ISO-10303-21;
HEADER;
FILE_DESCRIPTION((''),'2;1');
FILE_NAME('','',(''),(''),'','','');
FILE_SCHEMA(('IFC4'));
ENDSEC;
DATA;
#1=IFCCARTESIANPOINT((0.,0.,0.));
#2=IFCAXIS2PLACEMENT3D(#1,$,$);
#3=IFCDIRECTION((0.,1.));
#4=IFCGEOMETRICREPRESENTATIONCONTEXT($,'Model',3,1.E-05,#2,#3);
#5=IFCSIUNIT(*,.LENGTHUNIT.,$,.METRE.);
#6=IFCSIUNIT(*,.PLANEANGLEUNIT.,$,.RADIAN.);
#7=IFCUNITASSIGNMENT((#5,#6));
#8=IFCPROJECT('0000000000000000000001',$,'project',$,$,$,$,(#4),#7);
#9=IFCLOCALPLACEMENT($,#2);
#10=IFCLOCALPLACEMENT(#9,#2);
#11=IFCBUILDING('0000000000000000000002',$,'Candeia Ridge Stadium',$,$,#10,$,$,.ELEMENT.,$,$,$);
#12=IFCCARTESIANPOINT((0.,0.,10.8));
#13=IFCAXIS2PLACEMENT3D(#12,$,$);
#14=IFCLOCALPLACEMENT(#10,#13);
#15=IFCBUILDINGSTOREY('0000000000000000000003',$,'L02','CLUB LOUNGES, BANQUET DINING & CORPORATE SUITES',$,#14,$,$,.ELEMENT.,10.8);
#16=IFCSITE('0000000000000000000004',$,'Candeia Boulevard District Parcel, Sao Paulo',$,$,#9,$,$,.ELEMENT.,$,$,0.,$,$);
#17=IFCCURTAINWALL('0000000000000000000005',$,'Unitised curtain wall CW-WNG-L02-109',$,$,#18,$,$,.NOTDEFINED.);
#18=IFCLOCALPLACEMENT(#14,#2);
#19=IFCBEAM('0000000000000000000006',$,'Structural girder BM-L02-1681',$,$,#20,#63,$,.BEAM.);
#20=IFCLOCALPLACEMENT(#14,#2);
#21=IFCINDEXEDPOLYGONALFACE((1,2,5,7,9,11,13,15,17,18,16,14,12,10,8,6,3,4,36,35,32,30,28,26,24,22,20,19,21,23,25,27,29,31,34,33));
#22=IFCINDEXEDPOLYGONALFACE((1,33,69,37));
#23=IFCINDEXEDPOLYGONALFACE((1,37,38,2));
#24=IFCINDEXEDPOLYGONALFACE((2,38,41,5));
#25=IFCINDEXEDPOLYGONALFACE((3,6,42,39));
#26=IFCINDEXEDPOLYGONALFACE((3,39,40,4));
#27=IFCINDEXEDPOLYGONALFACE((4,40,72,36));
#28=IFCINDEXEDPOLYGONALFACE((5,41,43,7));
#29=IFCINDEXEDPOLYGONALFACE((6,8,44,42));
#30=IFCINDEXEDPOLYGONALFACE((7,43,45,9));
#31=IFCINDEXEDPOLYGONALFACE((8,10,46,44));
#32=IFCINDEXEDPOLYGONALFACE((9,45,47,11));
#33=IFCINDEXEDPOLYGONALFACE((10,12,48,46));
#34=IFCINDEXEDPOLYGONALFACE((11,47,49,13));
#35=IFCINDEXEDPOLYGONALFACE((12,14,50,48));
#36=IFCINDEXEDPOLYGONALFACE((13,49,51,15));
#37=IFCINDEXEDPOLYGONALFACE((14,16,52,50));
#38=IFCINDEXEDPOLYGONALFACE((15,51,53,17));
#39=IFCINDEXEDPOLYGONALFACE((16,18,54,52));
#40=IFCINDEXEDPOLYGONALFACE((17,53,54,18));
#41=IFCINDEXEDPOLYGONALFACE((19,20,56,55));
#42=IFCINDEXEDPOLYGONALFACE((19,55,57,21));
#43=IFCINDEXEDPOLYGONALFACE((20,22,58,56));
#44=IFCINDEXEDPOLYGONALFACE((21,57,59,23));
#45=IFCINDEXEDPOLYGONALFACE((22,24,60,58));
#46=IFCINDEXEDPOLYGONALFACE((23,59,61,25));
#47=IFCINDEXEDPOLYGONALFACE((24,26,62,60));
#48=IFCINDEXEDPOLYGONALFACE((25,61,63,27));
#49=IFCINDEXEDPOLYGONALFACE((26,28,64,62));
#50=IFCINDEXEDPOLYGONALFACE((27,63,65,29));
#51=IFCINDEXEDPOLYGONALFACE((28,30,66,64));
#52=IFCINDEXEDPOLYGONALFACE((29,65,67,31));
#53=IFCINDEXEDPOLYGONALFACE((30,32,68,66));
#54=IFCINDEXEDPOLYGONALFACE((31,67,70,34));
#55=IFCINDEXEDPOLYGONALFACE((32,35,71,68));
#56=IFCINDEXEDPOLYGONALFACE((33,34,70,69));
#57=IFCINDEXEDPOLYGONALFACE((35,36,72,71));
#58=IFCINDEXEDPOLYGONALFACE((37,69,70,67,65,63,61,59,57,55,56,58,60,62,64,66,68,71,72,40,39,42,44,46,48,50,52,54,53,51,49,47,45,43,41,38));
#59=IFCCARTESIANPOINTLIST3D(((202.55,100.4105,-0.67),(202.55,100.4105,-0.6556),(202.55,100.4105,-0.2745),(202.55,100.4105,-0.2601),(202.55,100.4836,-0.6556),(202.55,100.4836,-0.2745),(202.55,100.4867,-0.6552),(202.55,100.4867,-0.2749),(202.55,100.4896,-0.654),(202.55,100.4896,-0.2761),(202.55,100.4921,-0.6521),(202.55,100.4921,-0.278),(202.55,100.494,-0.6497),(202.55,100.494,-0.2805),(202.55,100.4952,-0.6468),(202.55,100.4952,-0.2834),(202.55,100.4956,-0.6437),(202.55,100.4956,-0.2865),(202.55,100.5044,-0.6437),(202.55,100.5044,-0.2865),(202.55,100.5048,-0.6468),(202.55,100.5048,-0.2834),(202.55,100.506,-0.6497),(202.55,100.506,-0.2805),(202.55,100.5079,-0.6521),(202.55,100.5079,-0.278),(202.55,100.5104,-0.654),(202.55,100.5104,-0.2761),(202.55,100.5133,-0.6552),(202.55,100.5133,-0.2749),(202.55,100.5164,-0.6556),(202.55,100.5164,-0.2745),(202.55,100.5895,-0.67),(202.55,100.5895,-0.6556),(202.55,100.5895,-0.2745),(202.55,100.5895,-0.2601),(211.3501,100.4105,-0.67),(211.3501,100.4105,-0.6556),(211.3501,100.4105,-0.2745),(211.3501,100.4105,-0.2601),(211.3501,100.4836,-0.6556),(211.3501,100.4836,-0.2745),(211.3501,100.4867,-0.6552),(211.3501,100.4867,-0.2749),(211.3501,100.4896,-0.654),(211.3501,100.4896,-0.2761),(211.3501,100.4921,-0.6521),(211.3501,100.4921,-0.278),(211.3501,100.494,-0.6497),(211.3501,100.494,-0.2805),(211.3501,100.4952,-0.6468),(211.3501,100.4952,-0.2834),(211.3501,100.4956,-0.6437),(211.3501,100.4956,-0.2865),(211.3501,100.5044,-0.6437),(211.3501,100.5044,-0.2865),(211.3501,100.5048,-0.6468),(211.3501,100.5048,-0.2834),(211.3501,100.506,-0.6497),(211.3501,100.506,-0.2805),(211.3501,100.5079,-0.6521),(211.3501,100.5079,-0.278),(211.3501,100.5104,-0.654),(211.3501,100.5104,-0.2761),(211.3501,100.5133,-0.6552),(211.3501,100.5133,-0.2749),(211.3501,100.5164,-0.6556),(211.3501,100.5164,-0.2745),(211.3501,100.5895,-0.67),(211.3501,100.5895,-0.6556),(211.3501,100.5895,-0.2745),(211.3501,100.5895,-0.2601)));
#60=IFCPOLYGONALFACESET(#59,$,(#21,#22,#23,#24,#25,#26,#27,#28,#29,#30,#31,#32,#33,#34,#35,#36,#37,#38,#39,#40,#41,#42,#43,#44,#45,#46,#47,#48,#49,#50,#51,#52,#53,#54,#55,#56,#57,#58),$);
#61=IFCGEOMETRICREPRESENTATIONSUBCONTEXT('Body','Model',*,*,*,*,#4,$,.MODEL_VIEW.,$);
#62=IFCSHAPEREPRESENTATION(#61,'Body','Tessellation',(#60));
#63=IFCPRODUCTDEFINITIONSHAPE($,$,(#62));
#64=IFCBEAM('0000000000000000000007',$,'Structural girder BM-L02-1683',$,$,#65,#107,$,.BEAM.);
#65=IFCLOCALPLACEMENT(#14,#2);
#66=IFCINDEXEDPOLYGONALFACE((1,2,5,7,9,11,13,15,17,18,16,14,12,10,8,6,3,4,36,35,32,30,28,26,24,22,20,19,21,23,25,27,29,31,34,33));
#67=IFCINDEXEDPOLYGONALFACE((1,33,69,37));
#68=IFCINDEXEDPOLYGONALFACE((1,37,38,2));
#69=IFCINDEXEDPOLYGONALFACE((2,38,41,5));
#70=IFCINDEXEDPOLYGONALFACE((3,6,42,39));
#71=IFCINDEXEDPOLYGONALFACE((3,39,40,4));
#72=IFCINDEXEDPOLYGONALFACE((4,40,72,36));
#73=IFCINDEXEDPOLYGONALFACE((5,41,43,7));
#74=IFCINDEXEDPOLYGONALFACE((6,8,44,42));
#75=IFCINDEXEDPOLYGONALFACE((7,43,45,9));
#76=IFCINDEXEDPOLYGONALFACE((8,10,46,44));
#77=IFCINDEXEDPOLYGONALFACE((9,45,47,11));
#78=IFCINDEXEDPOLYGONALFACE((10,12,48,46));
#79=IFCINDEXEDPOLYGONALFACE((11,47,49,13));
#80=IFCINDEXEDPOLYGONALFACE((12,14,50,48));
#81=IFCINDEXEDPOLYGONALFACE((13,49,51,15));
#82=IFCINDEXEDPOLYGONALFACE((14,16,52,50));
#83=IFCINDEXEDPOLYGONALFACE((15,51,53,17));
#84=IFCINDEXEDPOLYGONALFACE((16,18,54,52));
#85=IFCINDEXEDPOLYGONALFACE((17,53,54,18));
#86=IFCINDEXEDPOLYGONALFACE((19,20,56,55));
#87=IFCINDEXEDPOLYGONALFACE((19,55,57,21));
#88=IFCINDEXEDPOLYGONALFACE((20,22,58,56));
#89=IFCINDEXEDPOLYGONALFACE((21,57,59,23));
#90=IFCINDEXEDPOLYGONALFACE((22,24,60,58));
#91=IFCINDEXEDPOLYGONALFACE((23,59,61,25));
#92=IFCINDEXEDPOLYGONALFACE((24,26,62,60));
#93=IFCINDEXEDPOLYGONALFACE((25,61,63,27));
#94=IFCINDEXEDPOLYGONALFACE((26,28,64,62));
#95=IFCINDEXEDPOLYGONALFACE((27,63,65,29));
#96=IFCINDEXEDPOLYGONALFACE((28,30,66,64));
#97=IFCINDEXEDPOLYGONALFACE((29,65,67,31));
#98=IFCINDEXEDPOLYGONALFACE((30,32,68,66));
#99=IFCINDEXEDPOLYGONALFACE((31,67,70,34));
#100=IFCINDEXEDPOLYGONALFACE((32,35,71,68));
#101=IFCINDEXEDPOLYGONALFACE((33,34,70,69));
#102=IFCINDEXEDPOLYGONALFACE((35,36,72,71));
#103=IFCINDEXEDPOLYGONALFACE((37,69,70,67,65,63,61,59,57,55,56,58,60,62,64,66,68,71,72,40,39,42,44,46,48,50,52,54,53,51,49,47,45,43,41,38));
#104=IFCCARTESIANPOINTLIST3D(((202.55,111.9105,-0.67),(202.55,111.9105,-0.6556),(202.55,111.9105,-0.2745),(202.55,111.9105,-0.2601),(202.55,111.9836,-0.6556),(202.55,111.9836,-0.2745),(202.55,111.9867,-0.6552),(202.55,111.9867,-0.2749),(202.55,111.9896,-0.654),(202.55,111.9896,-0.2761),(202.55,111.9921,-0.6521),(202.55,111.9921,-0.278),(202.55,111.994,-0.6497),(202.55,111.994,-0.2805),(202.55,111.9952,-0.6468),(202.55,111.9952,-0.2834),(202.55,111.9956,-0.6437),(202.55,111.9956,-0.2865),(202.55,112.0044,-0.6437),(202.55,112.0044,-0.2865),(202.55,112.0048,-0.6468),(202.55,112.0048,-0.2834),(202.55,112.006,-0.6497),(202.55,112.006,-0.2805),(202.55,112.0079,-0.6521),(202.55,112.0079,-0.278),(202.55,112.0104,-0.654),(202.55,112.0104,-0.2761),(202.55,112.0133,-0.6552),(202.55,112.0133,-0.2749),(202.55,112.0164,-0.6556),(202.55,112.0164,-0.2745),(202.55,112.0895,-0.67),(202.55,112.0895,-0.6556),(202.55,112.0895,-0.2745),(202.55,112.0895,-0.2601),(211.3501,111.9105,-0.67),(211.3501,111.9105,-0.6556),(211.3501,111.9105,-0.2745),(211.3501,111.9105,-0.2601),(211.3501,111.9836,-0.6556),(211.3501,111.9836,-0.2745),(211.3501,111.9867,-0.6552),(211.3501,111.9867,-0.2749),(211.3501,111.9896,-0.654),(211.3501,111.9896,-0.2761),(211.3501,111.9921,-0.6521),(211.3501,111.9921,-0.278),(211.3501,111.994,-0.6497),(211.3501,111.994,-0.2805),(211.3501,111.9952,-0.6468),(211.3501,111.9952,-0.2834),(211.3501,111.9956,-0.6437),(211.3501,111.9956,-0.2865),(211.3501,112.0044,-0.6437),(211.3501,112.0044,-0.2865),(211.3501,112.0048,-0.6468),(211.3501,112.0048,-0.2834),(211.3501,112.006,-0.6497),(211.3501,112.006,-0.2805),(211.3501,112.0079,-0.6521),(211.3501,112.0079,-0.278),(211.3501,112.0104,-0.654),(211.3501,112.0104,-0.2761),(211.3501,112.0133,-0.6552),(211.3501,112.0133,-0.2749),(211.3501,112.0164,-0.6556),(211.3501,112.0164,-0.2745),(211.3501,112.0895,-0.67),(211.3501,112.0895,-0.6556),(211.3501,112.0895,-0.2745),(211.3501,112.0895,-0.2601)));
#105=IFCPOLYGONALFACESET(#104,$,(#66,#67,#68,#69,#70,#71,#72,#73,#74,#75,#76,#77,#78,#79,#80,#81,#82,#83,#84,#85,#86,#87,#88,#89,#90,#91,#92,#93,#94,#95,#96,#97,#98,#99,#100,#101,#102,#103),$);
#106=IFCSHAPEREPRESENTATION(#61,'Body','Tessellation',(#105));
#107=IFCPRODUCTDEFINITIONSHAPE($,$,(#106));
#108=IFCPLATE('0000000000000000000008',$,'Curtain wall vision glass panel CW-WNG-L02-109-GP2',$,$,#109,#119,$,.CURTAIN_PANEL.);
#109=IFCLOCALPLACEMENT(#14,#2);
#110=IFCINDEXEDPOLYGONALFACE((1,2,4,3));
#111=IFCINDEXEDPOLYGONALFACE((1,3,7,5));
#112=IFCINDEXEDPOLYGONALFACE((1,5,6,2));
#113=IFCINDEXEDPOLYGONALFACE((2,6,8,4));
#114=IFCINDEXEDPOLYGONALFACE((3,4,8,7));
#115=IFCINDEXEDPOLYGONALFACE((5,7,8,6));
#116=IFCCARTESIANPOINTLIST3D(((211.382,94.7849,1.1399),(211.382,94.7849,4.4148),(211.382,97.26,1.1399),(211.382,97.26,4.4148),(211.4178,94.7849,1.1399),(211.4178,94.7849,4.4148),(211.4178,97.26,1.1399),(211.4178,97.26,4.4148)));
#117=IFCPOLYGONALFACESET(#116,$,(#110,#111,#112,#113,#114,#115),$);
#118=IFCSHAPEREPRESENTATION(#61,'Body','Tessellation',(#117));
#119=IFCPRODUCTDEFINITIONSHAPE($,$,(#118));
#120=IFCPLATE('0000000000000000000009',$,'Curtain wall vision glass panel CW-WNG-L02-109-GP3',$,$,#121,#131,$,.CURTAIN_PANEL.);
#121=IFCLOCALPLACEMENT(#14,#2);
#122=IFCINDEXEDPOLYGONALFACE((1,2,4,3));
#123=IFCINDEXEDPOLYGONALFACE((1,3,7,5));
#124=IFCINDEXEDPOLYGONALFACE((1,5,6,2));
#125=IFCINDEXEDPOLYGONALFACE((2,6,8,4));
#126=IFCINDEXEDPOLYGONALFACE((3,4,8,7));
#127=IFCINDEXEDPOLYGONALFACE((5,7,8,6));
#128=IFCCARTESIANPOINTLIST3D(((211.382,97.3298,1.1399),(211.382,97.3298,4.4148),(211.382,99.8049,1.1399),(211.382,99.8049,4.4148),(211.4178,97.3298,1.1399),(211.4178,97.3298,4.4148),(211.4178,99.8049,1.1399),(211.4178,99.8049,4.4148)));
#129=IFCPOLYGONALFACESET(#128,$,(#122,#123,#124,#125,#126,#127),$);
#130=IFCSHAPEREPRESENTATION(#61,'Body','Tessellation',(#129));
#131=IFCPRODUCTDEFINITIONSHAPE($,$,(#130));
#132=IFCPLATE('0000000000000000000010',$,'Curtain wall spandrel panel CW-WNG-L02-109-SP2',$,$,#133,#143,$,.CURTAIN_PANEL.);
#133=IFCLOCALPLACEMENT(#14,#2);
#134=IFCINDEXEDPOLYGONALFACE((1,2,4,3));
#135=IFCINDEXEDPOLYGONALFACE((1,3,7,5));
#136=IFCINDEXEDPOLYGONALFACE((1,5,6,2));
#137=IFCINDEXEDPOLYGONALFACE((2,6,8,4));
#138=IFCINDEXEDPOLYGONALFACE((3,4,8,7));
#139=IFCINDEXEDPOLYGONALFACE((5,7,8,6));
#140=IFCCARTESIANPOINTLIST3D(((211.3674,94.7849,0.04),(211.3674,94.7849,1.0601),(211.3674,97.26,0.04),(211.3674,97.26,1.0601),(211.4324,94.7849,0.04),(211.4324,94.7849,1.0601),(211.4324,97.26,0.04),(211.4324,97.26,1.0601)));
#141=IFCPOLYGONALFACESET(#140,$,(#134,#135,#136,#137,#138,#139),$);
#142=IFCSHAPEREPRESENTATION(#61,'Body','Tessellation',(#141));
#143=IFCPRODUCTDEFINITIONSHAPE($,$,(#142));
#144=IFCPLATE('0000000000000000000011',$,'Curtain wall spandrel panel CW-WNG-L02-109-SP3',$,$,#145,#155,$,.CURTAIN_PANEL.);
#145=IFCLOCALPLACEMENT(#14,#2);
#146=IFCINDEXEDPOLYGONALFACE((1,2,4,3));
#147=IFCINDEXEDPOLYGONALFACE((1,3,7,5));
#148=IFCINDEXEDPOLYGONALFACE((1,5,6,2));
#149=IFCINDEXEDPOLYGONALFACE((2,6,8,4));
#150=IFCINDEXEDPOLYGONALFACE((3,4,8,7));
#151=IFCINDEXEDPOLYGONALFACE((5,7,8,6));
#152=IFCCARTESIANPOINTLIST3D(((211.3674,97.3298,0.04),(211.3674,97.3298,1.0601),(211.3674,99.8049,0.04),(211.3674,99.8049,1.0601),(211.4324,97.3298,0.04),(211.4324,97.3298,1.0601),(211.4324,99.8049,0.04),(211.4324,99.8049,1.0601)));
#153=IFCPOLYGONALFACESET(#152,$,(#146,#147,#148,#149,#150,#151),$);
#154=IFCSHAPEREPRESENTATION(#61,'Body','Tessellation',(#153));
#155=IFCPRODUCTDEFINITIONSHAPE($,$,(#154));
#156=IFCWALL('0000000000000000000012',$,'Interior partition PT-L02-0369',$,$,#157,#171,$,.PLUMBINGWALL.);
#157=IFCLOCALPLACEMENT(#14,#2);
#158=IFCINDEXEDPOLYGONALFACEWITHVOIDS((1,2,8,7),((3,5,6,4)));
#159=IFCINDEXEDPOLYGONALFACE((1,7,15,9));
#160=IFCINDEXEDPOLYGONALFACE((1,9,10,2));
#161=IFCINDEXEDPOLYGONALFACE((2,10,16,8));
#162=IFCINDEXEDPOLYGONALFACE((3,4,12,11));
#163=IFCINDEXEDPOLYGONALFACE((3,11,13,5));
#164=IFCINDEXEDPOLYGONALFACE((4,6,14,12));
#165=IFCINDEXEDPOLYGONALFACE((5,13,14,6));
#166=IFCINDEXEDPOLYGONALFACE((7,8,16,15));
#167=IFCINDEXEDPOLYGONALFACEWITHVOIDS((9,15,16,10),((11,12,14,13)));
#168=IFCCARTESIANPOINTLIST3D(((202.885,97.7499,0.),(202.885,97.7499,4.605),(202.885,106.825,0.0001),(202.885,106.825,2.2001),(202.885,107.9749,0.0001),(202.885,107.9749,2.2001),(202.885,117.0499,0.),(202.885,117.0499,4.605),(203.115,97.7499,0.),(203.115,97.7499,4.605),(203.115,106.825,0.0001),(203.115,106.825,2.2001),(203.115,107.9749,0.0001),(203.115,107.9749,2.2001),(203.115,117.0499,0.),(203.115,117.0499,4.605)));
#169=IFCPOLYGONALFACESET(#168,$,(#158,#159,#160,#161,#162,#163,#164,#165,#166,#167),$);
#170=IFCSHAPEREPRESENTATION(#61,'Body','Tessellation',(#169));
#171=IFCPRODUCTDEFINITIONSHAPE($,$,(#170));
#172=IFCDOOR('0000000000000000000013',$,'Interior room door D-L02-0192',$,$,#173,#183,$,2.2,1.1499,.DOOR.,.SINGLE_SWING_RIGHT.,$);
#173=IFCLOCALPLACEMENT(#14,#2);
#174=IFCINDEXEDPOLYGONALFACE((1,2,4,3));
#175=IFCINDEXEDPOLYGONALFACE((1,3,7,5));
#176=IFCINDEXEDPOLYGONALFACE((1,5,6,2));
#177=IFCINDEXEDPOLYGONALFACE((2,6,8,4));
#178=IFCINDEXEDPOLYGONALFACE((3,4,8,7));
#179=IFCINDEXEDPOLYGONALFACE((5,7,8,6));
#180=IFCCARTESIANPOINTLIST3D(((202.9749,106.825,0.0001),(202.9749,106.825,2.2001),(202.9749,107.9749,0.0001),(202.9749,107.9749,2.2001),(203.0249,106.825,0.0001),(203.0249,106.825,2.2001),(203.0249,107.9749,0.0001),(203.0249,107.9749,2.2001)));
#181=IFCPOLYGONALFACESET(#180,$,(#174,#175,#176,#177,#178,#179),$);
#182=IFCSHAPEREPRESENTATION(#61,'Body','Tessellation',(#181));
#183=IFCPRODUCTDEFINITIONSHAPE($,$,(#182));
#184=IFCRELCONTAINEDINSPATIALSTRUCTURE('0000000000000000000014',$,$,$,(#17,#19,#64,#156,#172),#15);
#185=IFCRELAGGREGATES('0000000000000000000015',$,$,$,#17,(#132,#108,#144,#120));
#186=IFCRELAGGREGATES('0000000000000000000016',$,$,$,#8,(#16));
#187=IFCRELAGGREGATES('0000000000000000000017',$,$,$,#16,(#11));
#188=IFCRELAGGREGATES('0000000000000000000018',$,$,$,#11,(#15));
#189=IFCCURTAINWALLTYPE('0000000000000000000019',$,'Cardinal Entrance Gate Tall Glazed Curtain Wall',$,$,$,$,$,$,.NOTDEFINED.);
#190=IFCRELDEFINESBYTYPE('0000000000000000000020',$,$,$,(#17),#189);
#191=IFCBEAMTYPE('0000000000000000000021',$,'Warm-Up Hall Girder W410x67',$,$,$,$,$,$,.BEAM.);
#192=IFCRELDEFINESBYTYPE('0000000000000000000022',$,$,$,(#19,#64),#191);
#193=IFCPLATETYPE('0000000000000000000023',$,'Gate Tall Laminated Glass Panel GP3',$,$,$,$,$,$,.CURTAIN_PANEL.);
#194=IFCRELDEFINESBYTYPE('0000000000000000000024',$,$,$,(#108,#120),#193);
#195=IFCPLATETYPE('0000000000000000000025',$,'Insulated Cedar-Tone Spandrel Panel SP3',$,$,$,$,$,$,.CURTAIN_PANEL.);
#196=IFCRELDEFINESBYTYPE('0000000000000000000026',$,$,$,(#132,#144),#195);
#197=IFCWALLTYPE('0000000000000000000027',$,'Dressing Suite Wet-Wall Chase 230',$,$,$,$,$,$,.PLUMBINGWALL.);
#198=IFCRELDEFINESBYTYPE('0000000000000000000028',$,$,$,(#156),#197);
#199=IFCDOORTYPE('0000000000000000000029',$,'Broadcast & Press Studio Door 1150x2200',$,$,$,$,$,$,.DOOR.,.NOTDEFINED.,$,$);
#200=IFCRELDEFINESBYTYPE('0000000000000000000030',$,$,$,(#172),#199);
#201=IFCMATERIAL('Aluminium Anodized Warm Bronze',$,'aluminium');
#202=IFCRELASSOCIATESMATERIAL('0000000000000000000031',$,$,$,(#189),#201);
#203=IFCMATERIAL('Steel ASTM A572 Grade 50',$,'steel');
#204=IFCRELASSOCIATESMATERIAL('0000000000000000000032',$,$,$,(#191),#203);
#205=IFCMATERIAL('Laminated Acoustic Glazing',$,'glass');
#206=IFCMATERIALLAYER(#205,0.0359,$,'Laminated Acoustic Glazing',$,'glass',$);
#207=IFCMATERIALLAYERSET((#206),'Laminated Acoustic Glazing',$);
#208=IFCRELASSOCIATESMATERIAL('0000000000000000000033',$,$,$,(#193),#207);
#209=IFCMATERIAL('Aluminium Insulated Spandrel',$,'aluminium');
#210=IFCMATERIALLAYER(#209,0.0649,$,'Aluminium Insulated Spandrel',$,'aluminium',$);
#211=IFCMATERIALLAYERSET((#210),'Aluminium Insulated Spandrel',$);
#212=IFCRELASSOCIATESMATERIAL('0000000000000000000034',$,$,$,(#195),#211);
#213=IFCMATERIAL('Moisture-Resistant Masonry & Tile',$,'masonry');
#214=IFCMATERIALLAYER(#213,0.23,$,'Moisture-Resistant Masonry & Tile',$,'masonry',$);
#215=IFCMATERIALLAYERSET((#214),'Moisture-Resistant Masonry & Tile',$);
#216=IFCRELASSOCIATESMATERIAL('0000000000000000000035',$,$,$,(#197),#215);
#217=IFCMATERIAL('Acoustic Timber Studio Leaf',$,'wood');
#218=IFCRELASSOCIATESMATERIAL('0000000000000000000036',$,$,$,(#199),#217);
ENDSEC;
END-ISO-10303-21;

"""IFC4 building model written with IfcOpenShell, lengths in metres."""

from ifc_helpers import new_model, si_unit, direction, frame, frame_2d, origin, origin_2d, place, context, subcontext, project, spatial, rectangle, i_section, extrude, material, layer, layer_set, material_profile, profile_set, type_object, element, fill, aggregate, save


model = new_model("IFC4")

# Units and contexts
model_context = context("Model", 3, precision=1e-05, world=origin(), true_north=direction((0.0, 1.0)))
body_context = subcontext(model_context, "Body", "Model", "MODEL_VIEW")
ifc_project = project(units=[si_unit("LENGTHUNIT", "METRE"), si_unit("PLANEANGLEUNIT", "RADIAN")], contexts=[model_context])

# Site, building, storey
site_placement = place(None, origin())
site = spatial("IfcSite", under=ifc_project, at=site_placement, Name="Candeia Boulevard District Parcel, Sao Paulo", CompositionType="ELEMENT", RefElevation=0.0)
building_placement = place(site_placement, origin())
building = spatial("IfcBuilding", under=site, at=building_placement, Name="Candeia Ridge Stadium", CompositionType="ELEMENT")
storey_placement = place(building_placement, frame((0.0, 0.0, 10.8)))
storey = spatial("IfcBuildingStorey", under=building, at=storey_placement, Name="L02", Description="CLUB LOUNGES, BANQUET DINING & CORPORATE SUITES", CompositionType="ELEMENT", Elevation=10.8)

# Curtain wall
ifc_material_1 = material(Name="Aluminium Anodized Warm Bronze", Category="aluminium")
curtain_wall_type = type_object("IfcCurtainWallType", Name="Cardinal Entrance Gate Tall Glazed Curtain Wall", PredefinedType="NOTDEFINED", material=ifc_material_1)
curtain_wall_1_placement = place(storey_placement, origin())
curtain_wall_1 = element("IfcCurtainWall", 1, at=curtain_wall_1_placement, inside=storey, type_object=curtain_wall_type, Name="Unitised curtain wall CW-WNG-L02-109", PredefinedType="NOTDEFINED")

# Beams
ifc_material_2 = material(Name="Steel ASTM A572 Grade 50", Category="steel")
ifc_material_profile_1 = material_profile(ifc_material_2, i_section(OverallWidth=0.179, OverallDepth=0.4099, WebThickness=0.0088, FlangeThickness=0.0144, FilletRadius=0.012, at=origin_2d()), Name="W410x67", Category="steel")
ifc_profile_set_1 = profile_set([ifc_material_profile_1], Name="Steel ASTM A572 Grade 50")
beam_type_1 = type_object("IfcBeamType", Name="Warm-Up Hall Girder W410x67", PredefinedType="BEAM", material=ifc_profile_set_1)
for number, where, z_axis, x_axis, name in (
    (2, (202.55, 100.5, -0.4651), (1.0, 0.0, 0.0), (0.0, 1.0, 0.0), "Structural girder BM-L02-1681"),
    (3, (202.55, 112.0, -0.4651), (1.0, 0.0, 0.0), (0.0, 1.0, 0.0), "Structural girder BM-L02-1683"),
):
    element("IfcBeam", number, at=place(storey_placement, frame(where, z_axis=z_axis, x_axis=x_axis)), inside=storey, type_object=beam_type_1, Name=name, PredefinedType="BEAM", context=body_context, shape_type="SweptSolid", body=[
        extrude(i_section(OverallWidth=0.179, OverallDepth=0.4099, WebThickness=0.0088, FlangeThickness=0.0144, FilletRadius=0.012, at=origin_2d()), origin(), (0.0, 0.0, 1.0), 8.8),
    ])

# Plates
ifc_material_3 = material(Name="Laminated Acoustic Glazing", Category="glass")
ifc_layer_1 = layer(ifc_material_3, 0.0359, Name="Laminated Acoustic Glazing", Category="glass")
ifc_layer_set_1 = layer_set([ifc_layer_1], Name="Laminated Acoustic Glazing")
plate_type_1 = type_object("IfcPlateType", Name="Gate Tall Laminated Glass Panel GP3", PredefinedType="CURTAIN_PANEL", material=ifc_layer_set_1)
plate_1_placement = place(storey_placement, frame((211.3999, 96.0225, 1.1399), z_axis=(0.0, 0.0, 1.0), x_axis=(0.0, 1.0, 0.0)))
plate_1 = element("IfcPlate", 4, at=plate_1_placement, type_object=plate_type_1, Name="Curtain wall vision glass panel CW-WNG-L02-109-GP2", PredefinedType="CURTAIN_PANEL", context=body_context, shape_type="SweptSolid", body=[
    extrude(rectangle(XDim=2.4751, YDim=0.0359, at=origin_2d()), origin(), (0.0, 0.0, 1.0), 3.2749),
])
plate_2_placement = place(storey_placement, frame((211.3999, 98.5674, 1.1399), z_axis=(0.0, 0.0, 1.0), x_axis=(0.0, 1.0, 0.0)))
plate_2 = element("IfcPlate", 5, at=plate_2_placement, type_object=plate_type_1, Name="Curtain wall vision glass panel CW-WNG-L02-109-GP3", PredefinedType="CURTAIN_PANEL", context=body_context, shape_type="SweptSolid", body=[
    extrude(rectangle(XDim=2.4751, YDim=0.0359, at=origin_2d()), origin(), (0.0, 0.0, 1.0), 3.2749),
])
ifc_material_4 = material(Name="Aluminium Insulated Spandrel", Category="aluminium")
ifc_layer_2 = layer(ifc_material_4, 0.0649, Name="Aluminium Insulated Spandrel", Category="aluminium")
ifc_layer_set_2 = layer_set([ifc_layer_2], Name="Aluminium Insulated Spandrel")
plate_type_2 = type_object("IfcPlateType", Name="Insulated Cedar-Tone Spandrel Panel SP3", PredefinedType="CURTAIN_PANEL", material=ifc_layer_set_2)
plate_3_placement = place(storey_placement, frame((211.3999, 96.0225, 0.04), z_axis=(0.0, 0.0, 1.0), x_axis=(0.0, 1.0, 0.0)))
plate_3 = element("IfcPlate", 6, at=plate_3_placement, type_object=plate_type_2, Name="Curtain wall spandrel panel CW-WNG-L02-109-SP2", PredefinedType="CURTAIN_PANEL", context=body_context, shape_type="SweptSolid", body=[
    extrude(rectangle(XDim=2.4751, YDim=0.0649, at=origin_2d()), origin(), (0.0, 0.0, 1.0), 1.02),
])
plate_4_placement = place(storey_placement, frame((211.3999, 98.5674, 0.04), z_axis=(0.0, 0.0, 1.0), x_axis=(0.0, 1.0, 0.0)))
plate_4 = element("IfcPlate", 7, at=plate_4_placement, type_object=plate_type_2, Name="Curtain wall spandrel panel CW-WNG-L02-109-SP3", PredefinedType="CURTAIN_PANEL", context=body_context, shape_type="SweptSolid", body=[
    extrude(rectangle(XDim=2.4751, YDim=0.0649, at=origin_2d()), origin(), (0.0, 0.0, 1.0), 1.02),
])
aggregate(curtain_wall_1, [plate_3, plate_1, plate_4, plate_2])

# Wall, opening, door
ifc_material_5 = material(Name="Moisture-Resistant Masonry & Tile", Category="masonry")
ifc_layer_3 = layer(ifc_material_5, 0.23, Name="Moisture-Resistant Masonry & Tile", Category="masonry")
ifc_layer_set_3 = layer_set([ifc_layer_3], Name="Moisture-Resistant Masonry & Tile")
wall_type_1 = type_object("IfcWallType", Name="Dressing Suite Wet-Wall Chase 230", PredefinedType="PLUMBINGWALL", material=ifc_layer_set_3)
wall_1_placement = place(storey_placement, frame((203.0, 97.75, 0.0), z_axis=(0.0, 0.0, 1.0), x_axis=(0.0, 1.0, 0.0)))
wall_1 = element("IfcWall", 8, at=wall_1_placement, inside=storey, type_object=wall_type_1, Name="Interior partition PT-L02-0369", PredefinedType="PLUMBINGWALL", context=body_context, shape_type="SweptSolid", body=[
    extrude(rectangle(XDim=19.3, YDim=0.23, at=frame_2d((9.6499, 0.0))), origin(), (0.0, 0.0, 1.0), 4.605),
])
opening_1_placement = place(wall_1_placement, frame((9.075, 0.0, 0.0)))
opening_1 = element("IfcOpeningElement", 9, at=opening_1_placement, cuts=wall_1, PredefinedType="OPENING", context=body_context, shape_type="SweptSolid", body=[
    extrude(rectangle(XDim=1.1499, YDim=2.2, at=frame_2d((0.575, 1.1001))), frame((0.0, 0.125, 0.0), z_axis=(0.0, -1.0, 0.0), x_axis=(1.0, 0.0, 0.0)), (0.0, 0.0, 1.0), 0.25),
])
ifc_material_6 = material(Name="Acoustic Timber Studio Leaf", Category="wood")
door_type = type_object("IfcDoorType", Name="Broadcast & Press Studio Door 1150x2200", OperationType="NOTDEFINED", PredefinedType="DOOR", material=ifc_material_6)
door_placement = place(opening_1_placement, frame((1.1499, 0.0, 0.0), z_axis=(0.0, 0.0, 1.0), x_axis=(-1.0, 0.0, 0.0)))
door = element("IfcDoor", 10, at=door_placement, inside=storey, type_object=door_type, Name="Interior room door D-L02-0192", OperationType="SINGLE_SWING_RIGHT", OverallHeight=2.2, OverallWidth=1.1499, PredefinedType="DOOR", context=body_context, shape_type="SweptSolid", body=[
    extrude(rectangle(XDim=1.1499, YDim=2.2, at=frame_2d((0.575, 1.1001))), frame((0.0, 0.0249, 0.0), z_axis=(0.0, -1.0, 0.0), x_axis=(1.0, 0.0, 0.0)), (0.0, 0.0, 1.0), 0.05),
])
fill(opening_1, door)

save(model, "model.ifc")
